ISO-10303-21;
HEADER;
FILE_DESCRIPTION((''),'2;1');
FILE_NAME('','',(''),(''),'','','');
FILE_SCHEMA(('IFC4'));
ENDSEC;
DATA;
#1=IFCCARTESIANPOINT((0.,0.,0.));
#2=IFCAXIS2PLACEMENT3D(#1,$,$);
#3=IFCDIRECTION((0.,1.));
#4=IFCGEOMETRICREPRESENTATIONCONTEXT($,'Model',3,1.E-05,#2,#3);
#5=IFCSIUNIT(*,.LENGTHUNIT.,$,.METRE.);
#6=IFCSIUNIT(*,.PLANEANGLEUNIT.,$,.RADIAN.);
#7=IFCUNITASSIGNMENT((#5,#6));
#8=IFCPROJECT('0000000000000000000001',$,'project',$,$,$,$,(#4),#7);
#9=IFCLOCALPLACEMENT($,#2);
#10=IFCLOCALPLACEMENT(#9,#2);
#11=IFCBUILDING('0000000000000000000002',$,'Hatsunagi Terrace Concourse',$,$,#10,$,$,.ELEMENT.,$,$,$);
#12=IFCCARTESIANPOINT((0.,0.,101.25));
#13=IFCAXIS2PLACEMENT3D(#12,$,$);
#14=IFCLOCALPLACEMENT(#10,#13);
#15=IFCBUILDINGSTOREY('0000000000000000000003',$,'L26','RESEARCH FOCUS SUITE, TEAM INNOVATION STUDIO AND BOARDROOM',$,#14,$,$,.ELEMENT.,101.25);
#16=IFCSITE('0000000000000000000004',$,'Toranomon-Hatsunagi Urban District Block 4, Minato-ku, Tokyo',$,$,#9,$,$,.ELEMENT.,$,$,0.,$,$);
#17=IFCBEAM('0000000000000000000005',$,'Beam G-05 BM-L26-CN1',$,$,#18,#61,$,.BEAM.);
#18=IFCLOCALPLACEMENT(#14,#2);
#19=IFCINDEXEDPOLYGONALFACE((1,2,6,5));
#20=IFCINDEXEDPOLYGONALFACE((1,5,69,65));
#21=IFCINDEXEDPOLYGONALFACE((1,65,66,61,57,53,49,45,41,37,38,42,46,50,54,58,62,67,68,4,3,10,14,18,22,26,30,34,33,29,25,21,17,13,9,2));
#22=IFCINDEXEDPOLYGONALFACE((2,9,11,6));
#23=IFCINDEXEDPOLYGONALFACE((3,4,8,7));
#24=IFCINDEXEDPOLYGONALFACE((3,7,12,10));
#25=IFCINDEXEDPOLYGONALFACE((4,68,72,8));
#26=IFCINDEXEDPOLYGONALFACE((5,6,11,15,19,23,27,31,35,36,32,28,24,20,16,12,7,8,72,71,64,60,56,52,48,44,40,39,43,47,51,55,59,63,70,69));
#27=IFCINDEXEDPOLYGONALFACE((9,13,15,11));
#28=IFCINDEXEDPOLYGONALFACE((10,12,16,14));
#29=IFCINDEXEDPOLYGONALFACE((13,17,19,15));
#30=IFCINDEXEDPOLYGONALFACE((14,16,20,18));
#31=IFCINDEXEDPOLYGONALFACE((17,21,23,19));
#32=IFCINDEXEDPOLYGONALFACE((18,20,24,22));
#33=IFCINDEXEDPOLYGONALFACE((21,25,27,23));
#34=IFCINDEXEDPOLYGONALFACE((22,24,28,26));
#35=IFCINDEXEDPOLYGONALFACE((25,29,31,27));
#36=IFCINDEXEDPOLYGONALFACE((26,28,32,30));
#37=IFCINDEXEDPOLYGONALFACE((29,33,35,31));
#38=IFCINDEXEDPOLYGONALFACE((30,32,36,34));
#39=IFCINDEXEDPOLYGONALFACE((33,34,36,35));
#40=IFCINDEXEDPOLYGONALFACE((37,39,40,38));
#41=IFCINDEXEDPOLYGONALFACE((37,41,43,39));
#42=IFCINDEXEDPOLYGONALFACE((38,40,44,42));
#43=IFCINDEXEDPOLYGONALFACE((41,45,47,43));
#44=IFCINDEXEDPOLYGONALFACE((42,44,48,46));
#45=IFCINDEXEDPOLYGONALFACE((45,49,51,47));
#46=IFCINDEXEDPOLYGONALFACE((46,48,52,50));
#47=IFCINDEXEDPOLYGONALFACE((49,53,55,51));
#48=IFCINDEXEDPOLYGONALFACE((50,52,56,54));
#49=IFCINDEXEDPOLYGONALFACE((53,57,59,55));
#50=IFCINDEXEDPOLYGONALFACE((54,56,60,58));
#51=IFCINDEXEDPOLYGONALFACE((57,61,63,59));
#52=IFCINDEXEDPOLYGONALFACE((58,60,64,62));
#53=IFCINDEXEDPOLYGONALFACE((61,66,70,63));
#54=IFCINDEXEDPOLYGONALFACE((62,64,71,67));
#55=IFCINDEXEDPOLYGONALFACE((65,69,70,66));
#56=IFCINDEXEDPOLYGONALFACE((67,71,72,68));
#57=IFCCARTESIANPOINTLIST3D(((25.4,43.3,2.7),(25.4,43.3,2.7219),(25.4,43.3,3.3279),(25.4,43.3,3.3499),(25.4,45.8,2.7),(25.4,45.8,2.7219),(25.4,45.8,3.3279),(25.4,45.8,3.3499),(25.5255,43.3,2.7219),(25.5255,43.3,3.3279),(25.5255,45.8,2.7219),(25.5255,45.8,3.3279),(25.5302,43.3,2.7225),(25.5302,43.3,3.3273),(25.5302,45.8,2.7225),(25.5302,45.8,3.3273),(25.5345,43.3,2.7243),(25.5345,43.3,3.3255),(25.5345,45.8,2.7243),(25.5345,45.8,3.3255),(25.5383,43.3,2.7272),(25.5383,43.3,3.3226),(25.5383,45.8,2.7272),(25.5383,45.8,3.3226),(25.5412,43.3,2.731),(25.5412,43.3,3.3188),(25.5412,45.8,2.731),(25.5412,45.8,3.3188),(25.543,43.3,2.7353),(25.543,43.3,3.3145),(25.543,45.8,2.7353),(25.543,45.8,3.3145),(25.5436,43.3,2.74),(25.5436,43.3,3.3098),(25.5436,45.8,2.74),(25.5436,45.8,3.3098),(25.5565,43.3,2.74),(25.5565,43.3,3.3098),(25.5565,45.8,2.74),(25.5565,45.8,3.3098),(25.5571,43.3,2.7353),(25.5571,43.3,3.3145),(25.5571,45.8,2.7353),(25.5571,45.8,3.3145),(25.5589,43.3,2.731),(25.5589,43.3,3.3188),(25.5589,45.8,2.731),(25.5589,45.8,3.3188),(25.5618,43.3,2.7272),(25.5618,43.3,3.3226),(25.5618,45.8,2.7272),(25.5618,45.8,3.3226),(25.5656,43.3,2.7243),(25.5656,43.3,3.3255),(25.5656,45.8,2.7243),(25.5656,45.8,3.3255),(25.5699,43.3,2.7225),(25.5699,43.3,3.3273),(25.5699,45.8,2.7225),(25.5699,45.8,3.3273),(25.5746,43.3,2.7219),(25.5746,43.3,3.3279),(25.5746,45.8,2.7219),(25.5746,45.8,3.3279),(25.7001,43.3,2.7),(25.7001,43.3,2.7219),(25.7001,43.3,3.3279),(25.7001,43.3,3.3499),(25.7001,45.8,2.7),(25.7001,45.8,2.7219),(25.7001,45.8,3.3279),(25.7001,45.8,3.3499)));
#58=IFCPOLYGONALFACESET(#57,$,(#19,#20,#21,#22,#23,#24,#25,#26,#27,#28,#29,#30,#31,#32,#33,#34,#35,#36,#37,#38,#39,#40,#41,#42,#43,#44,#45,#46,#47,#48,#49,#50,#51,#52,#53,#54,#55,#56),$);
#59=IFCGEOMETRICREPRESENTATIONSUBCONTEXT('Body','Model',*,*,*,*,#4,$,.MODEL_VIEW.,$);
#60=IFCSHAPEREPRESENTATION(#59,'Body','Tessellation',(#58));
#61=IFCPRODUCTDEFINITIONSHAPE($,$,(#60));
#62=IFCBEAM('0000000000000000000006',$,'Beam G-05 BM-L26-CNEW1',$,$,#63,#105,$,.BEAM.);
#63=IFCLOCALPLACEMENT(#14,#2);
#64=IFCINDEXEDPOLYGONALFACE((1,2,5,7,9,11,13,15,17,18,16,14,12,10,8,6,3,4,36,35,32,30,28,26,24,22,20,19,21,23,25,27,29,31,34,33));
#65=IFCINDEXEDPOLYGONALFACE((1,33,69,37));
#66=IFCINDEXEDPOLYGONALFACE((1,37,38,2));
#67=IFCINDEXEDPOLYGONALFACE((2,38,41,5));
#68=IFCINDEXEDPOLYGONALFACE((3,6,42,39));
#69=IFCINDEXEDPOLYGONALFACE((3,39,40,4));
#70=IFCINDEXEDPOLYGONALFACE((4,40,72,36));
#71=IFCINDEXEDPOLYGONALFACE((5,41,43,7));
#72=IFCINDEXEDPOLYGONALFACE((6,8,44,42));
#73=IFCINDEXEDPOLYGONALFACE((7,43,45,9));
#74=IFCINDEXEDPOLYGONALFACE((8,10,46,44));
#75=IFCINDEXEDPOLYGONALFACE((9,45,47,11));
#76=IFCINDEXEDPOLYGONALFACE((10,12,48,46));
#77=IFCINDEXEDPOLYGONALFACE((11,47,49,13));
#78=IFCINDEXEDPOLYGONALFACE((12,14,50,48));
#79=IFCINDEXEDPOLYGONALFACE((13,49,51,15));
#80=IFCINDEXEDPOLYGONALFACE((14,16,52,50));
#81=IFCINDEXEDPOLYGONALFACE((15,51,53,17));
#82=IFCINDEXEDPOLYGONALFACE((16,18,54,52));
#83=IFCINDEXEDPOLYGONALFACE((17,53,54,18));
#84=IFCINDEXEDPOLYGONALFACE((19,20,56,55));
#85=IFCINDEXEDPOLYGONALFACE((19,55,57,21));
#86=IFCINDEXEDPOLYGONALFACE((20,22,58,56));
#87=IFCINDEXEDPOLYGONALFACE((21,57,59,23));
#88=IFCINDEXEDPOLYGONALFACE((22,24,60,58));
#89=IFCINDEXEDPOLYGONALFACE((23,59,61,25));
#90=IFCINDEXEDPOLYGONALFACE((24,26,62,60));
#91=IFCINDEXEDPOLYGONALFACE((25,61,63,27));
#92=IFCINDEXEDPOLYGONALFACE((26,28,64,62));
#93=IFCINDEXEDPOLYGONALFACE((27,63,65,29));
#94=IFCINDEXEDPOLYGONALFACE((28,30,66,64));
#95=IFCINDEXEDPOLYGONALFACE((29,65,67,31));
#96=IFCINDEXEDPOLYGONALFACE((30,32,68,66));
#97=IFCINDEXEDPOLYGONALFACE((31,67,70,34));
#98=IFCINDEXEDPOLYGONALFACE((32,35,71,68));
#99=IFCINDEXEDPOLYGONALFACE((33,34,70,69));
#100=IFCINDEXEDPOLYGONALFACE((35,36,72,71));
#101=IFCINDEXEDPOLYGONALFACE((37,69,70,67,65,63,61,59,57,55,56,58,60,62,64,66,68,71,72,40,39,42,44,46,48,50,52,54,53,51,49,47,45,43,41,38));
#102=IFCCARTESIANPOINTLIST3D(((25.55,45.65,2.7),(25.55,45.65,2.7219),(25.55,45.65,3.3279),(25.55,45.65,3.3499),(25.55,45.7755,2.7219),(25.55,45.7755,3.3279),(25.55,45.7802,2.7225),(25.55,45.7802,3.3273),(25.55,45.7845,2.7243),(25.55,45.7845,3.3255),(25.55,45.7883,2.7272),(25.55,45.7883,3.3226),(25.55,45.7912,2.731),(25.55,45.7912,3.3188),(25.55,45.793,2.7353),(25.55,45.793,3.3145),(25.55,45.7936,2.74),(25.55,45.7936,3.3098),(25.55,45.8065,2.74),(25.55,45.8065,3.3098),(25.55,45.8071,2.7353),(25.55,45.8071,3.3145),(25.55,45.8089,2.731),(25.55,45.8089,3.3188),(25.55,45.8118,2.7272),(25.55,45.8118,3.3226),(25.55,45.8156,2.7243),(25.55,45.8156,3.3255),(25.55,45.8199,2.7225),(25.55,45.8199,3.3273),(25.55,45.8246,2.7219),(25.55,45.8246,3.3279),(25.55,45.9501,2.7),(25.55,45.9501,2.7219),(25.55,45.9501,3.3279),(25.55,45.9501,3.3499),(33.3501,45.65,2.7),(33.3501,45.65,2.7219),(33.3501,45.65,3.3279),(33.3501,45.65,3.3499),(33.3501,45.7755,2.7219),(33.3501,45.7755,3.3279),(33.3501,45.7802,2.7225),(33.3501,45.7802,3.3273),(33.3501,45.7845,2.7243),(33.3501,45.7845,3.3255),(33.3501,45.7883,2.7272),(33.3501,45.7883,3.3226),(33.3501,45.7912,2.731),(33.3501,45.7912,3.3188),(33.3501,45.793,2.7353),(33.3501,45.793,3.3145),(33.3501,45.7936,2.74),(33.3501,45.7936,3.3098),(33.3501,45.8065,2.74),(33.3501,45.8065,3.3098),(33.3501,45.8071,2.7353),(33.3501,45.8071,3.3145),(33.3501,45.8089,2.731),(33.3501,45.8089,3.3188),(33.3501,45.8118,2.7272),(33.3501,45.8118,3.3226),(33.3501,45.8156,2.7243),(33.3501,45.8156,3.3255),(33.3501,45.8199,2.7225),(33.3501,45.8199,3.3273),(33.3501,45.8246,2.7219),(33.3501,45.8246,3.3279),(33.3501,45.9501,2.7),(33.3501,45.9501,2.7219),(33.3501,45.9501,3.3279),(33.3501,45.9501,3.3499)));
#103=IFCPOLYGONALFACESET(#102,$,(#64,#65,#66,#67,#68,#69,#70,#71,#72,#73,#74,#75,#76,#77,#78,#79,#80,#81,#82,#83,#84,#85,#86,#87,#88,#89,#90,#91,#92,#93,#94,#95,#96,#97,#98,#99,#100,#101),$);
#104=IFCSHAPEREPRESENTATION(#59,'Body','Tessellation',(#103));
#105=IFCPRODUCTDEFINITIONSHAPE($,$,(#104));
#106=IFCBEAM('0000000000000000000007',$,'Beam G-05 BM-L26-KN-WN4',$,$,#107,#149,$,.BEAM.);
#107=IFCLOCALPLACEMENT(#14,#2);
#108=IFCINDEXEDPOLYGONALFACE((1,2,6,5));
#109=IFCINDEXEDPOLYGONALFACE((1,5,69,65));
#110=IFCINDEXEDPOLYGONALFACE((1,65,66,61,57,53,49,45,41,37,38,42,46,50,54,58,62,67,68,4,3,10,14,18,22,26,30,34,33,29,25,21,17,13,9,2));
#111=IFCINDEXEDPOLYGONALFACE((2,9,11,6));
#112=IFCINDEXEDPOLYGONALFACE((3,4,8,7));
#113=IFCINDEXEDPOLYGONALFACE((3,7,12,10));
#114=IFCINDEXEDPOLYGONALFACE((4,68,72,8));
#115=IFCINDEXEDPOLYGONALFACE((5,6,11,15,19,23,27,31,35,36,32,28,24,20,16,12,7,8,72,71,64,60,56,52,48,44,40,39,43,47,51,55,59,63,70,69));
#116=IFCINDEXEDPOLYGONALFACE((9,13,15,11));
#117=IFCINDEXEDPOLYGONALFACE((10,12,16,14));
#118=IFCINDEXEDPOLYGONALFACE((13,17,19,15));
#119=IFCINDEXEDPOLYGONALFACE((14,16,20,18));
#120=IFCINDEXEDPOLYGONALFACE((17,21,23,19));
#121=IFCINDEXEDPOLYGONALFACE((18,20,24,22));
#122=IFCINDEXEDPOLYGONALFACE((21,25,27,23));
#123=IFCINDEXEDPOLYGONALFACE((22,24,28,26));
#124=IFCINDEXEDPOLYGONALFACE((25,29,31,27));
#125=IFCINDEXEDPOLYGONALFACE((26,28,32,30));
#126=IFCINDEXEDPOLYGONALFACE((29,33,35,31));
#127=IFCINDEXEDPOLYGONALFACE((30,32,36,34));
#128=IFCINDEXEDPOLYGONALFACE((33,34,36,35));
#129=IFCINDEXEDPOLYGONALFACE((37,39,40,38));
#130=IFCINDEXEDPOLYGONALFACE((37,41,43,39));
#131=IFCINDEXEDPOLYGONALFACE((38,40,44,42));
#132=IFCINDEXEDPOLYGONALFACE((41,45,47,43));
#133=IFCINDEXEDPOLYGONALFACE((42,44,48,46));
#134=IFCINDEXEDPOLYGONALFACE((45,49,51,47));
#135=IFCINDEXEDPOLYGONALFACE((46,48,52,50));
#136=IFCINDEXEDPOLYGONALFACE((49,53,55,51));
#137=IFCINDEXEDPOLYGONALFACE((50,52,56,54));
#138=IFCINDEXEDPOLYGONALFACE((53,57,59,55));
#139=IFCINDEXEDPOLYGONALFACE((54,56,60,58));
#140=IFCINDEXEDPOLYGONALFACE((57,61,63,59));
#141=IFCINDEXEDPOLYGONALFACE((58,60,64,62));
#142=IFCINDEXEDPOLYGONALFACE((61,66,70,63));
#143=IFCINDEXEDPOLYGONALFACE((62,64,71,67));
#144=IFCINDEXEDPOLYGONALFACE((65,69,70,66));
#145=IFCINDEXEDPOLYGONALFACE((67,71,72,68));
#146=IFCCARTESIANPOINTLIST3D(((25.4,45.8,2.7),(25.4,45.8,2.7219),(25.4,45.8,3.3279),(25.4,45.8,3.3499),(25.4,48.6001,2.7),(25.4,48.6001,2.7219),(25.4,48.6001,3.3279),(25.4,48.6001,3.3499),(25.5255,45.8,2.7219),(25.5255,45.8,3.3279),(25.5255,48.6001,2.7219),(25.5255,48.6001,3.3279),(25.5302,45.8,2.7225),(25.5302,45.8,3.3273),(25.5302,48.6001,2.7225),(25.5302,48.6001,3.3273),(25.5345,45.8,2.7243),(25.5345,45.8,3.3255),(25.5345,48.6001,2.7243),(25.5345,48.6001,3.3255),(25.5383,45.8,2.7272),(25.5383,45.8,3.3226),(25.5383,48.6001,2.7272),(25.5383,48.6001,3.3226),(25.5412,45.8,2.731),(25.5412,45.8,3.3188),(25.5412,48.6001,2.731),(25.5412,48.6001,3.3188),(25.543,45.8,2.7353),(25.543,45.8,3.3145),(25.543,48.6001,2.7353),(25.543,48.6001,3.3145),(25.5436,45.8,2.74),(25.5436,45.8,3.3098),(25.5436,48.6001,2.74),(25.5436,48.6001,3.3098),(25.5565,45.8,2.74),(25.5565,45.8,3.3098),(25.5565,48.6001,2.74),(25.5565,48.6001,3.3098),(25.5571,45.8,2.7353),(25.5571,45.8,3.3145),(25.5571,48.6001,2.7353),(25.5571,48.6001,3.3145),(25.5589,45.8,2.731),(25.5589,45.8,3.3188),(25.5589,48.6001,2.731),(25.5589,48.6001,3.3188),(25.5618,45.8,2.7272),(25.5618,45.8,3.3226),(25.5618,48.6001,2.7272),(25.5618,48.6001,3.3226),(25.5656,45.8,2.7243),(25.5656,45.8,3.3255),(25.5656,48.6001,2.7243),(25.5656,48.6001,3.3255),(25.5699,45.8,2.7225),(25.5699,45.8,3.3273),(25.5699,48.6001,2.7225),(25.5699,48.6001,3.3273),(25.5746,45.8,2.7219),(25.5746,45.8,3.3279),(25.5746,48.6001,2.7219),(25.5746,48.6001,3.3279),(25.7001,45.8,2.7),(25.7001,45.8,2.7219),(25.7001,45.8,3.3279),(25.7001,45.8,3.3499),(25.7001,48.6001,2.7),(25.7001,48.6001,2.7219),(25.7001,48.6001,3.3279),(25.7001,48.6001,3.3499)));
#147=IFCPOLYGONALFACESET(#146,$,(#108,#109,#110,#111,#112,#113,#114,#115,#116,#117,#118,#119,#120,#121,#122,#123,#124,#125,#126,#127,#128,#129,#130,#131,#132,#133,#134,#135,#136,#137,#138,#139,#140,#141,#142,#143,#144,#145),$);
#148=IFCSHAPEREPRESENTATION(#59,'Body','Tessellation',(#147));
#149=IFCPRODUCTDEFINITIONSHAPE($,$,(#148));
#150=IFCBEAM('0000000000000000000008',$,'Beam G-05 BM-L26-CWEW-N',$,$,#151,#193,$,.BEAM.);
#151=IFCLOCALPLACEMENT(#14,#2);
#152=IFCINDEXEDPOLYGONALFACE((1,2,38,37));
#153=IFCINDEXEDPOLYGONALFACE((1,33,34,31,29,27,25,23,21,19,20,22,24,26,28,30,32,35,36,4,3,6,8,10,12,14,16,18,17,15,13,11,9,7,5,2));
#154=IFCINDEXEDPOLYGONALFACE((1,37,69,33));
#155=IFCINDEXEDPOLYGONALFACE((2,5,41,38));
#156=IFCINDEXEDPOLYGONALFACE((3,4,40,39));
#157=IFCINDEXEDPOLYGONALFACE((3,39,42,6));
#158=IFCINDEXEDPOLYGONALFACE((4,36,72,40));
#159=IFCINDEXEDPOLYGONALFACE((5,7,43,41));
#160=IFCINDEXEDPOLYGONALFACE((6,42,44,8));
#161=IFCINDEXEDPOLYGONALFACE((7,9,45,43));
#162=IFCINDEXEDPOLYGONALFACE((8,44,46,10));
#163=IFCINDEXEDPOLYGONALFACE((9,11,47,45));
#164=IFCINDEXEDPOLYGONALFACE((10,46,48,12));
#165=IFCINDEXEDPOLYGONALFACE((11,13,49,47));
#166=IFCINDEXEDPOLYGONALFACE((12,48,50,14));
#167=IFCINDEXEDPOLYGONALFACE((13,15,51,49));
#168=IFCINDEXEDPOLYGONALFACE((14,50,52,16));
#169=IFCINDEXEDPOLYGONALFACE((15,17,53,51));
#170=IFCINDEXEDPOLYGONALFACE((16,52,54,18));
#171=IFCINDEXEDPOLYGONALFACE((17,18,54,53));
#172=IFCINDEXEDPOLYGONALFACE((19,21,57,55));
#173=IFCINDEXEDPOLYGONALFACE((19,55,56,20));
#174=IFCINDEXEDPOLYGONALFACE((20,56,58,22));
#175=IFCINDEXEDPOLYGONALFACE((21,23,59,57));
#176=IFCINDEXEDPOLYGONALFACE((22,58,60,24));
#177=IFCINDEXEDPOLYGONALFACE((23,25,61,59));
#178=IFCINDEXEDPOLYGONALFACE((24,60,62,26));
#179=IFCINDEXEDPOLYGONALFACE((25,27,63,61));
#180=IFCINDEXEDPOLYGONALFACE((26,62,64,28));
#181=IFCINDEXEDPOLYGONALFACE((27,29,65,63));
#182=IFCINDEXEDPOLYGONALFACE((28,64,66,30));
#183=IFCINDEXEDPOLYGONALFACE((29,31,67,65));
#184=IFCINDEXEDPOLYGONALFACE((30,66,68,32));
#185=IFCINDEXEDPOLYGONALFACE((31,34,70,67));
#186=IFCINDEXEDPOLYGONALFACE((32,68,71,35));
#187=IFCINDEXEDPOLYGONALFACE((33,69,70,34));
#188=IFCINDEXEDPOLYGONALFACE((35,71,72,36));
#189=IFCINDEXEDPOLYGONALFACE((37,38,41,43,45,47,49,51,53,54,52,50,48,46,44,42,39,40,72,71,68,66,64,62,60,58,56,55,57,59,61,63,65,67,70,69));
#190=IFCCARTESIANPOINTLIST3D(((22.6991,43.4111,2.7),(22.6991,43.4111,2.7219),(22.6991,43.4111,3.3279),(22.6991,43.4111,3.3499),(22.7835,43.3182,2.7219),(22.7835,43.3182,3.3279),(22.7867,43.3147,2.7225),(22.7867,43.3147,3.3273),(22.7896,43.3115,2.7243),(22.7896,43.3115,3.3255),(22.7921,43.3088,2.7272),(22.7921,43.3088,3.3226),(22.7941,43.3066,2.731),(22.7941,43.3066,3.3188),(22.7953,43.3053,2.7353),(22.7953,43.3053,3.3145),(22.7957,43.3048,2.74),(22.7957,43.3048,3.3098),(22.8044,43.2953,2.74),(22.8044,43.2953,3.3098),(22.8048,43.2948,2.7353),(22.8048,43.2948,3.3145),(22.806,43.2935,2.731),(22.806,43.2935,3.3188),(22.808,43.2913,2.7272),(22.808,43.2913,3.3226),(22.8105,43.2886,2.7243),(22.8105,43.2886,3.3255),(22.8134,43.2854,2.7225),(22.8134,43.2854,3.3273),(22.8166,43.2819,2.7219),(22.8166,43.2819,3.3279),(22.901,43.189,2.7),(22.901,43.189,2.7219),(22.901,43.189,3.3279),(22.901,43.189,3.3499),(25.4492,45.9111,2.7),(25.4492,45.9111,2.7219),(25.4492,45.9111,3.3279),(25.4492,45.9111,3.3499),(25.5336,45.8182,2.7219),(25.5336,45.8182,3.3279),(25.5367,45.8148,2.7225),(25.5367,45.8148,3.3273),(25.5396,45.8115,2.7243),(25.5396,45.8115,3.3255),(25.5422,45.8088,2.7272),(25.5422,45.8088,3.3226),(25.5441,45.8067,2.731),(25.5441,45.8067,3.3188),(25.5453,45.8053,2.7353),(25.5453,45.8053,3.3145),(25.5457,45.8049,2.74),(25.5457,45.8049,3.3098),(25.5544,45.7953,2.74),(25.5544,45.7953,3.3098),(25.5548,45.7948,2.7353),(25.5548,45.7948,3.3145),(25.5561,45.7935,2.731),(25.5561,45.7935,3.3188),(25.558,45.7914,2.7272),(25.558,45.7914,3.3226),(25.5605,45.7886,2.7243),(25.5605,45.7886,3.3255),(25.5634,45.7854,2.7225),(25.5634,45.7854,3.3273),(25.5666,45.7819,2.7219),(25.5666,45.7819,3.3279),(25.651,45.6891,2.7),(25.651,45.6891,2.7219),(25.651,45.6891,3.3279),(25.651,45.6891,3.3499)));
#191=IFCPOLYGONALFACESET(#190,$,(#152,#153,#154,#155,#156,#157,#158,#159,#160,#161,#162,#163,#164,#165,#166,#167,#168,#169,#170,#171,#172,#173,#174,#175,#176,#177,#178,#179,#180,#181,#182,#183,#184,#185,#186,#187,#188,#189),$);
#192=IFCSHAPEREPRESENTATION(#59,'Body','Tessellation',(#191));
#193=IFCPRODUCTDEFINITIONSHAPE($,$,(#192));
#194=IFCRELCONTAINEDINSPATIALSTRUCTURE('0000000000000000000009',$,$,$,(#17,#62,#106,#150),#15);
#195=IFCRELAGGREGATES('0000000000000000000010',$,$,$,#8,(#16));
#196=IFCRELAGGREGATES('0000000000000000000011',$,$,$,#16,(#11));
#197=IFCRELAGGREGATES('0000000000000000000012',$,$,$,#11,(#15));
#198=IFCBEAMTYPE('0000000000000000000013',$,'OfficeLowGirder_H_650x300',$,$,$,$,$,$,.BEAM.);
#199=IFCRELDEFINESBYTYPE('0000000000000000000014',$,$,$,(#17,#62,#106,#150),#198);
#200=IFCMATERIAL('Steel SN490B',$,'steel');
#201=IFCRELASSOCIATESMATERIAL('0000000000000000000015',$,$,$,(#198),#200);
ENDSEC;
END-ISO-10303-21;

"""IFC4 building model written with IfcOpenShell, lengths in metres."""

from ifc_helpers import new_model, si_unit, direction, frame, origin, origin_2d, place, context, subcontext, project, spatial, i_section, extrude, material, material_profile, profile_set, type_object, element, save


model = new_model("IFC4")

# Units and contexts
model_context = context("Model", 3, precision=1e-05, world=origin(), true_north=direction((0.0, 1.0)))
body_context = subcontext(model_context, "Body", "Model", "MODEL_VIEW")
ifc_project = project(units=[si_unit("LENGTHUNIT", "METRE"), si_unit("PLANEANGLEUNIT", "RADIAN")], contexts=[model_context])

# Site, building, storey
site_placement = place(None, origin())
site = spatial("IfcSite", under=ifc_project, at=site_placement, Name="Toranomon-Hatsunagi Urban District Block 4, Minato-ku, Tokyo", CompositionType="ELEMENT", RefElevation=0.0)
building_placement = place(site_placement, origin())
building = spatial("IfcBuilding", under=site, at=building_placement, Name="Hatsunagi Terrace Concourse", CompositionType="ELEMENT")
storey_placement = place(building_placement, frame((0.0, 0.0, 101.25)))
storey = spatial("IfcBuildingStorey", under=building, at=storey_placement, Name="L26", Description="RESEARCH FOCUS SUITE, TEAM INNOVATION STUDIO AND BOARDROOM", CompositionType="ELEMENT", Elevation=101.25)

# Beams
ifc_material_1 = material(Name="Steel SN490B", Category="steel")
ifc_material_profile_1 = material_profile(ifc_material_1, i_section(OverallWidth=0.3, OverallDepth=0.6499, WebThickness=0.0129, FlangeThickness=0.022, FilletRadius=0.0181, at=origin_2d()), Name="H-650x300x13x22")
ifc_profile_set_1 = profile_set([ifc_material_profile_1], Name="Steel SN490B")
beam_type_1 = type_object("IfcBeamType", Name="OfficeLowGirder_H_650x300", PredefinedType="BEAM", material=ifc_profile_set_1)
beam_1_placement = place(storey_placement, frame((25.55, 43.3, 3.0249), z_axis=(0.0, 1.0, 0.0), x_axis=(-1.0, 0.0, 0.0)))
element("IfcBeam", 1, at=beam_1_placement, inside=storey, type_object=beam_type_1, Name="Beam G-05 BM-L26-CN1", PredefinedType="BEAM", context=body_context, shape_type="SweptSolid", body=[
    extrude(i_section(OverallWidth=0.3, OverallDepth=0.6499, WebThickness=0.0129, FlangeThickness=0.022, FilletRadius=0.0181, at=origin_2d()), origin(), (0.0, 0.0, 1.0), 2.5),
])
beam_2_placement = place(storey_placement, frame((25.55, 45.8, 3.0249), z_axis=(1.0, 0.0, 0.0), x_axis=(0.0, 1.0, 0.0)))
element("IfcBeam", 2, at=beam_2_placement, inside=storey, type_object=beam_type_1, Name="Beam G-05 BM-L26-CNEW1", PredefinedType="BEAM", context=body_context, shape_type="SweptSolid", body=[
    extrude(i_section(OverallWidth=0.3, OverallDepth=0.6499, WebThickness=0.0129, FlangeThickness=0.022, FilletRadius=0.0181, at=origin_2d()), origin(), (0.0, 0.0, 1.0), 7.8),
])
beam_3_placement = place(storey_placement, frame((25.55, 45.8, 3.0249), z_axis=(0.0, 1.0, 0.0), x_axis=(-1.0, 0.0, 0.0)))
element("IfcBeam", 3, at=beam_3_placement, inside=storey, type_object=beam_type_1, Name="Beam G-05 BM-L26-KN-WN4", PredefinedType="BEAM", context=body_context, shape_type="SweptSolid", body=[
    extrude(i_section(OverallWidth=0.3, OverallDepth=0.6499, WebThickness=0.0129, FlangeThickness=0.022, FilletRadius=0.0181, at=origin_2d()), origin(), (0.0, 0.0, 1.0), 2.8),
])
beam_4_placement = place(storey_placement, frame((22.8, 43.3, 3.0249), z_axis=(0.73994, 0.672673, 0.0), x_axis=(-0.672673, 0.73994, 0.0)))
element("IfcBeam", 4, at=beam_4_placement, inside=storey, type_object=beam_type_1, Name="Beam G-05 BM-L26-CWEW-N", PredefinedType="BEAM", context=body_context, shape_type="SweptSolid", body=[
    extrude(i_section(OverallWidth=0.3, OverallDepth=0.6499, WebThickness=0.0129, FlangeThickness=0.022, FilletRadius=0.0181, at=origin_2d()), origin(), (0.0, 0.0, 1.0), 3.7166),
])

save(model, "model.ifc")
